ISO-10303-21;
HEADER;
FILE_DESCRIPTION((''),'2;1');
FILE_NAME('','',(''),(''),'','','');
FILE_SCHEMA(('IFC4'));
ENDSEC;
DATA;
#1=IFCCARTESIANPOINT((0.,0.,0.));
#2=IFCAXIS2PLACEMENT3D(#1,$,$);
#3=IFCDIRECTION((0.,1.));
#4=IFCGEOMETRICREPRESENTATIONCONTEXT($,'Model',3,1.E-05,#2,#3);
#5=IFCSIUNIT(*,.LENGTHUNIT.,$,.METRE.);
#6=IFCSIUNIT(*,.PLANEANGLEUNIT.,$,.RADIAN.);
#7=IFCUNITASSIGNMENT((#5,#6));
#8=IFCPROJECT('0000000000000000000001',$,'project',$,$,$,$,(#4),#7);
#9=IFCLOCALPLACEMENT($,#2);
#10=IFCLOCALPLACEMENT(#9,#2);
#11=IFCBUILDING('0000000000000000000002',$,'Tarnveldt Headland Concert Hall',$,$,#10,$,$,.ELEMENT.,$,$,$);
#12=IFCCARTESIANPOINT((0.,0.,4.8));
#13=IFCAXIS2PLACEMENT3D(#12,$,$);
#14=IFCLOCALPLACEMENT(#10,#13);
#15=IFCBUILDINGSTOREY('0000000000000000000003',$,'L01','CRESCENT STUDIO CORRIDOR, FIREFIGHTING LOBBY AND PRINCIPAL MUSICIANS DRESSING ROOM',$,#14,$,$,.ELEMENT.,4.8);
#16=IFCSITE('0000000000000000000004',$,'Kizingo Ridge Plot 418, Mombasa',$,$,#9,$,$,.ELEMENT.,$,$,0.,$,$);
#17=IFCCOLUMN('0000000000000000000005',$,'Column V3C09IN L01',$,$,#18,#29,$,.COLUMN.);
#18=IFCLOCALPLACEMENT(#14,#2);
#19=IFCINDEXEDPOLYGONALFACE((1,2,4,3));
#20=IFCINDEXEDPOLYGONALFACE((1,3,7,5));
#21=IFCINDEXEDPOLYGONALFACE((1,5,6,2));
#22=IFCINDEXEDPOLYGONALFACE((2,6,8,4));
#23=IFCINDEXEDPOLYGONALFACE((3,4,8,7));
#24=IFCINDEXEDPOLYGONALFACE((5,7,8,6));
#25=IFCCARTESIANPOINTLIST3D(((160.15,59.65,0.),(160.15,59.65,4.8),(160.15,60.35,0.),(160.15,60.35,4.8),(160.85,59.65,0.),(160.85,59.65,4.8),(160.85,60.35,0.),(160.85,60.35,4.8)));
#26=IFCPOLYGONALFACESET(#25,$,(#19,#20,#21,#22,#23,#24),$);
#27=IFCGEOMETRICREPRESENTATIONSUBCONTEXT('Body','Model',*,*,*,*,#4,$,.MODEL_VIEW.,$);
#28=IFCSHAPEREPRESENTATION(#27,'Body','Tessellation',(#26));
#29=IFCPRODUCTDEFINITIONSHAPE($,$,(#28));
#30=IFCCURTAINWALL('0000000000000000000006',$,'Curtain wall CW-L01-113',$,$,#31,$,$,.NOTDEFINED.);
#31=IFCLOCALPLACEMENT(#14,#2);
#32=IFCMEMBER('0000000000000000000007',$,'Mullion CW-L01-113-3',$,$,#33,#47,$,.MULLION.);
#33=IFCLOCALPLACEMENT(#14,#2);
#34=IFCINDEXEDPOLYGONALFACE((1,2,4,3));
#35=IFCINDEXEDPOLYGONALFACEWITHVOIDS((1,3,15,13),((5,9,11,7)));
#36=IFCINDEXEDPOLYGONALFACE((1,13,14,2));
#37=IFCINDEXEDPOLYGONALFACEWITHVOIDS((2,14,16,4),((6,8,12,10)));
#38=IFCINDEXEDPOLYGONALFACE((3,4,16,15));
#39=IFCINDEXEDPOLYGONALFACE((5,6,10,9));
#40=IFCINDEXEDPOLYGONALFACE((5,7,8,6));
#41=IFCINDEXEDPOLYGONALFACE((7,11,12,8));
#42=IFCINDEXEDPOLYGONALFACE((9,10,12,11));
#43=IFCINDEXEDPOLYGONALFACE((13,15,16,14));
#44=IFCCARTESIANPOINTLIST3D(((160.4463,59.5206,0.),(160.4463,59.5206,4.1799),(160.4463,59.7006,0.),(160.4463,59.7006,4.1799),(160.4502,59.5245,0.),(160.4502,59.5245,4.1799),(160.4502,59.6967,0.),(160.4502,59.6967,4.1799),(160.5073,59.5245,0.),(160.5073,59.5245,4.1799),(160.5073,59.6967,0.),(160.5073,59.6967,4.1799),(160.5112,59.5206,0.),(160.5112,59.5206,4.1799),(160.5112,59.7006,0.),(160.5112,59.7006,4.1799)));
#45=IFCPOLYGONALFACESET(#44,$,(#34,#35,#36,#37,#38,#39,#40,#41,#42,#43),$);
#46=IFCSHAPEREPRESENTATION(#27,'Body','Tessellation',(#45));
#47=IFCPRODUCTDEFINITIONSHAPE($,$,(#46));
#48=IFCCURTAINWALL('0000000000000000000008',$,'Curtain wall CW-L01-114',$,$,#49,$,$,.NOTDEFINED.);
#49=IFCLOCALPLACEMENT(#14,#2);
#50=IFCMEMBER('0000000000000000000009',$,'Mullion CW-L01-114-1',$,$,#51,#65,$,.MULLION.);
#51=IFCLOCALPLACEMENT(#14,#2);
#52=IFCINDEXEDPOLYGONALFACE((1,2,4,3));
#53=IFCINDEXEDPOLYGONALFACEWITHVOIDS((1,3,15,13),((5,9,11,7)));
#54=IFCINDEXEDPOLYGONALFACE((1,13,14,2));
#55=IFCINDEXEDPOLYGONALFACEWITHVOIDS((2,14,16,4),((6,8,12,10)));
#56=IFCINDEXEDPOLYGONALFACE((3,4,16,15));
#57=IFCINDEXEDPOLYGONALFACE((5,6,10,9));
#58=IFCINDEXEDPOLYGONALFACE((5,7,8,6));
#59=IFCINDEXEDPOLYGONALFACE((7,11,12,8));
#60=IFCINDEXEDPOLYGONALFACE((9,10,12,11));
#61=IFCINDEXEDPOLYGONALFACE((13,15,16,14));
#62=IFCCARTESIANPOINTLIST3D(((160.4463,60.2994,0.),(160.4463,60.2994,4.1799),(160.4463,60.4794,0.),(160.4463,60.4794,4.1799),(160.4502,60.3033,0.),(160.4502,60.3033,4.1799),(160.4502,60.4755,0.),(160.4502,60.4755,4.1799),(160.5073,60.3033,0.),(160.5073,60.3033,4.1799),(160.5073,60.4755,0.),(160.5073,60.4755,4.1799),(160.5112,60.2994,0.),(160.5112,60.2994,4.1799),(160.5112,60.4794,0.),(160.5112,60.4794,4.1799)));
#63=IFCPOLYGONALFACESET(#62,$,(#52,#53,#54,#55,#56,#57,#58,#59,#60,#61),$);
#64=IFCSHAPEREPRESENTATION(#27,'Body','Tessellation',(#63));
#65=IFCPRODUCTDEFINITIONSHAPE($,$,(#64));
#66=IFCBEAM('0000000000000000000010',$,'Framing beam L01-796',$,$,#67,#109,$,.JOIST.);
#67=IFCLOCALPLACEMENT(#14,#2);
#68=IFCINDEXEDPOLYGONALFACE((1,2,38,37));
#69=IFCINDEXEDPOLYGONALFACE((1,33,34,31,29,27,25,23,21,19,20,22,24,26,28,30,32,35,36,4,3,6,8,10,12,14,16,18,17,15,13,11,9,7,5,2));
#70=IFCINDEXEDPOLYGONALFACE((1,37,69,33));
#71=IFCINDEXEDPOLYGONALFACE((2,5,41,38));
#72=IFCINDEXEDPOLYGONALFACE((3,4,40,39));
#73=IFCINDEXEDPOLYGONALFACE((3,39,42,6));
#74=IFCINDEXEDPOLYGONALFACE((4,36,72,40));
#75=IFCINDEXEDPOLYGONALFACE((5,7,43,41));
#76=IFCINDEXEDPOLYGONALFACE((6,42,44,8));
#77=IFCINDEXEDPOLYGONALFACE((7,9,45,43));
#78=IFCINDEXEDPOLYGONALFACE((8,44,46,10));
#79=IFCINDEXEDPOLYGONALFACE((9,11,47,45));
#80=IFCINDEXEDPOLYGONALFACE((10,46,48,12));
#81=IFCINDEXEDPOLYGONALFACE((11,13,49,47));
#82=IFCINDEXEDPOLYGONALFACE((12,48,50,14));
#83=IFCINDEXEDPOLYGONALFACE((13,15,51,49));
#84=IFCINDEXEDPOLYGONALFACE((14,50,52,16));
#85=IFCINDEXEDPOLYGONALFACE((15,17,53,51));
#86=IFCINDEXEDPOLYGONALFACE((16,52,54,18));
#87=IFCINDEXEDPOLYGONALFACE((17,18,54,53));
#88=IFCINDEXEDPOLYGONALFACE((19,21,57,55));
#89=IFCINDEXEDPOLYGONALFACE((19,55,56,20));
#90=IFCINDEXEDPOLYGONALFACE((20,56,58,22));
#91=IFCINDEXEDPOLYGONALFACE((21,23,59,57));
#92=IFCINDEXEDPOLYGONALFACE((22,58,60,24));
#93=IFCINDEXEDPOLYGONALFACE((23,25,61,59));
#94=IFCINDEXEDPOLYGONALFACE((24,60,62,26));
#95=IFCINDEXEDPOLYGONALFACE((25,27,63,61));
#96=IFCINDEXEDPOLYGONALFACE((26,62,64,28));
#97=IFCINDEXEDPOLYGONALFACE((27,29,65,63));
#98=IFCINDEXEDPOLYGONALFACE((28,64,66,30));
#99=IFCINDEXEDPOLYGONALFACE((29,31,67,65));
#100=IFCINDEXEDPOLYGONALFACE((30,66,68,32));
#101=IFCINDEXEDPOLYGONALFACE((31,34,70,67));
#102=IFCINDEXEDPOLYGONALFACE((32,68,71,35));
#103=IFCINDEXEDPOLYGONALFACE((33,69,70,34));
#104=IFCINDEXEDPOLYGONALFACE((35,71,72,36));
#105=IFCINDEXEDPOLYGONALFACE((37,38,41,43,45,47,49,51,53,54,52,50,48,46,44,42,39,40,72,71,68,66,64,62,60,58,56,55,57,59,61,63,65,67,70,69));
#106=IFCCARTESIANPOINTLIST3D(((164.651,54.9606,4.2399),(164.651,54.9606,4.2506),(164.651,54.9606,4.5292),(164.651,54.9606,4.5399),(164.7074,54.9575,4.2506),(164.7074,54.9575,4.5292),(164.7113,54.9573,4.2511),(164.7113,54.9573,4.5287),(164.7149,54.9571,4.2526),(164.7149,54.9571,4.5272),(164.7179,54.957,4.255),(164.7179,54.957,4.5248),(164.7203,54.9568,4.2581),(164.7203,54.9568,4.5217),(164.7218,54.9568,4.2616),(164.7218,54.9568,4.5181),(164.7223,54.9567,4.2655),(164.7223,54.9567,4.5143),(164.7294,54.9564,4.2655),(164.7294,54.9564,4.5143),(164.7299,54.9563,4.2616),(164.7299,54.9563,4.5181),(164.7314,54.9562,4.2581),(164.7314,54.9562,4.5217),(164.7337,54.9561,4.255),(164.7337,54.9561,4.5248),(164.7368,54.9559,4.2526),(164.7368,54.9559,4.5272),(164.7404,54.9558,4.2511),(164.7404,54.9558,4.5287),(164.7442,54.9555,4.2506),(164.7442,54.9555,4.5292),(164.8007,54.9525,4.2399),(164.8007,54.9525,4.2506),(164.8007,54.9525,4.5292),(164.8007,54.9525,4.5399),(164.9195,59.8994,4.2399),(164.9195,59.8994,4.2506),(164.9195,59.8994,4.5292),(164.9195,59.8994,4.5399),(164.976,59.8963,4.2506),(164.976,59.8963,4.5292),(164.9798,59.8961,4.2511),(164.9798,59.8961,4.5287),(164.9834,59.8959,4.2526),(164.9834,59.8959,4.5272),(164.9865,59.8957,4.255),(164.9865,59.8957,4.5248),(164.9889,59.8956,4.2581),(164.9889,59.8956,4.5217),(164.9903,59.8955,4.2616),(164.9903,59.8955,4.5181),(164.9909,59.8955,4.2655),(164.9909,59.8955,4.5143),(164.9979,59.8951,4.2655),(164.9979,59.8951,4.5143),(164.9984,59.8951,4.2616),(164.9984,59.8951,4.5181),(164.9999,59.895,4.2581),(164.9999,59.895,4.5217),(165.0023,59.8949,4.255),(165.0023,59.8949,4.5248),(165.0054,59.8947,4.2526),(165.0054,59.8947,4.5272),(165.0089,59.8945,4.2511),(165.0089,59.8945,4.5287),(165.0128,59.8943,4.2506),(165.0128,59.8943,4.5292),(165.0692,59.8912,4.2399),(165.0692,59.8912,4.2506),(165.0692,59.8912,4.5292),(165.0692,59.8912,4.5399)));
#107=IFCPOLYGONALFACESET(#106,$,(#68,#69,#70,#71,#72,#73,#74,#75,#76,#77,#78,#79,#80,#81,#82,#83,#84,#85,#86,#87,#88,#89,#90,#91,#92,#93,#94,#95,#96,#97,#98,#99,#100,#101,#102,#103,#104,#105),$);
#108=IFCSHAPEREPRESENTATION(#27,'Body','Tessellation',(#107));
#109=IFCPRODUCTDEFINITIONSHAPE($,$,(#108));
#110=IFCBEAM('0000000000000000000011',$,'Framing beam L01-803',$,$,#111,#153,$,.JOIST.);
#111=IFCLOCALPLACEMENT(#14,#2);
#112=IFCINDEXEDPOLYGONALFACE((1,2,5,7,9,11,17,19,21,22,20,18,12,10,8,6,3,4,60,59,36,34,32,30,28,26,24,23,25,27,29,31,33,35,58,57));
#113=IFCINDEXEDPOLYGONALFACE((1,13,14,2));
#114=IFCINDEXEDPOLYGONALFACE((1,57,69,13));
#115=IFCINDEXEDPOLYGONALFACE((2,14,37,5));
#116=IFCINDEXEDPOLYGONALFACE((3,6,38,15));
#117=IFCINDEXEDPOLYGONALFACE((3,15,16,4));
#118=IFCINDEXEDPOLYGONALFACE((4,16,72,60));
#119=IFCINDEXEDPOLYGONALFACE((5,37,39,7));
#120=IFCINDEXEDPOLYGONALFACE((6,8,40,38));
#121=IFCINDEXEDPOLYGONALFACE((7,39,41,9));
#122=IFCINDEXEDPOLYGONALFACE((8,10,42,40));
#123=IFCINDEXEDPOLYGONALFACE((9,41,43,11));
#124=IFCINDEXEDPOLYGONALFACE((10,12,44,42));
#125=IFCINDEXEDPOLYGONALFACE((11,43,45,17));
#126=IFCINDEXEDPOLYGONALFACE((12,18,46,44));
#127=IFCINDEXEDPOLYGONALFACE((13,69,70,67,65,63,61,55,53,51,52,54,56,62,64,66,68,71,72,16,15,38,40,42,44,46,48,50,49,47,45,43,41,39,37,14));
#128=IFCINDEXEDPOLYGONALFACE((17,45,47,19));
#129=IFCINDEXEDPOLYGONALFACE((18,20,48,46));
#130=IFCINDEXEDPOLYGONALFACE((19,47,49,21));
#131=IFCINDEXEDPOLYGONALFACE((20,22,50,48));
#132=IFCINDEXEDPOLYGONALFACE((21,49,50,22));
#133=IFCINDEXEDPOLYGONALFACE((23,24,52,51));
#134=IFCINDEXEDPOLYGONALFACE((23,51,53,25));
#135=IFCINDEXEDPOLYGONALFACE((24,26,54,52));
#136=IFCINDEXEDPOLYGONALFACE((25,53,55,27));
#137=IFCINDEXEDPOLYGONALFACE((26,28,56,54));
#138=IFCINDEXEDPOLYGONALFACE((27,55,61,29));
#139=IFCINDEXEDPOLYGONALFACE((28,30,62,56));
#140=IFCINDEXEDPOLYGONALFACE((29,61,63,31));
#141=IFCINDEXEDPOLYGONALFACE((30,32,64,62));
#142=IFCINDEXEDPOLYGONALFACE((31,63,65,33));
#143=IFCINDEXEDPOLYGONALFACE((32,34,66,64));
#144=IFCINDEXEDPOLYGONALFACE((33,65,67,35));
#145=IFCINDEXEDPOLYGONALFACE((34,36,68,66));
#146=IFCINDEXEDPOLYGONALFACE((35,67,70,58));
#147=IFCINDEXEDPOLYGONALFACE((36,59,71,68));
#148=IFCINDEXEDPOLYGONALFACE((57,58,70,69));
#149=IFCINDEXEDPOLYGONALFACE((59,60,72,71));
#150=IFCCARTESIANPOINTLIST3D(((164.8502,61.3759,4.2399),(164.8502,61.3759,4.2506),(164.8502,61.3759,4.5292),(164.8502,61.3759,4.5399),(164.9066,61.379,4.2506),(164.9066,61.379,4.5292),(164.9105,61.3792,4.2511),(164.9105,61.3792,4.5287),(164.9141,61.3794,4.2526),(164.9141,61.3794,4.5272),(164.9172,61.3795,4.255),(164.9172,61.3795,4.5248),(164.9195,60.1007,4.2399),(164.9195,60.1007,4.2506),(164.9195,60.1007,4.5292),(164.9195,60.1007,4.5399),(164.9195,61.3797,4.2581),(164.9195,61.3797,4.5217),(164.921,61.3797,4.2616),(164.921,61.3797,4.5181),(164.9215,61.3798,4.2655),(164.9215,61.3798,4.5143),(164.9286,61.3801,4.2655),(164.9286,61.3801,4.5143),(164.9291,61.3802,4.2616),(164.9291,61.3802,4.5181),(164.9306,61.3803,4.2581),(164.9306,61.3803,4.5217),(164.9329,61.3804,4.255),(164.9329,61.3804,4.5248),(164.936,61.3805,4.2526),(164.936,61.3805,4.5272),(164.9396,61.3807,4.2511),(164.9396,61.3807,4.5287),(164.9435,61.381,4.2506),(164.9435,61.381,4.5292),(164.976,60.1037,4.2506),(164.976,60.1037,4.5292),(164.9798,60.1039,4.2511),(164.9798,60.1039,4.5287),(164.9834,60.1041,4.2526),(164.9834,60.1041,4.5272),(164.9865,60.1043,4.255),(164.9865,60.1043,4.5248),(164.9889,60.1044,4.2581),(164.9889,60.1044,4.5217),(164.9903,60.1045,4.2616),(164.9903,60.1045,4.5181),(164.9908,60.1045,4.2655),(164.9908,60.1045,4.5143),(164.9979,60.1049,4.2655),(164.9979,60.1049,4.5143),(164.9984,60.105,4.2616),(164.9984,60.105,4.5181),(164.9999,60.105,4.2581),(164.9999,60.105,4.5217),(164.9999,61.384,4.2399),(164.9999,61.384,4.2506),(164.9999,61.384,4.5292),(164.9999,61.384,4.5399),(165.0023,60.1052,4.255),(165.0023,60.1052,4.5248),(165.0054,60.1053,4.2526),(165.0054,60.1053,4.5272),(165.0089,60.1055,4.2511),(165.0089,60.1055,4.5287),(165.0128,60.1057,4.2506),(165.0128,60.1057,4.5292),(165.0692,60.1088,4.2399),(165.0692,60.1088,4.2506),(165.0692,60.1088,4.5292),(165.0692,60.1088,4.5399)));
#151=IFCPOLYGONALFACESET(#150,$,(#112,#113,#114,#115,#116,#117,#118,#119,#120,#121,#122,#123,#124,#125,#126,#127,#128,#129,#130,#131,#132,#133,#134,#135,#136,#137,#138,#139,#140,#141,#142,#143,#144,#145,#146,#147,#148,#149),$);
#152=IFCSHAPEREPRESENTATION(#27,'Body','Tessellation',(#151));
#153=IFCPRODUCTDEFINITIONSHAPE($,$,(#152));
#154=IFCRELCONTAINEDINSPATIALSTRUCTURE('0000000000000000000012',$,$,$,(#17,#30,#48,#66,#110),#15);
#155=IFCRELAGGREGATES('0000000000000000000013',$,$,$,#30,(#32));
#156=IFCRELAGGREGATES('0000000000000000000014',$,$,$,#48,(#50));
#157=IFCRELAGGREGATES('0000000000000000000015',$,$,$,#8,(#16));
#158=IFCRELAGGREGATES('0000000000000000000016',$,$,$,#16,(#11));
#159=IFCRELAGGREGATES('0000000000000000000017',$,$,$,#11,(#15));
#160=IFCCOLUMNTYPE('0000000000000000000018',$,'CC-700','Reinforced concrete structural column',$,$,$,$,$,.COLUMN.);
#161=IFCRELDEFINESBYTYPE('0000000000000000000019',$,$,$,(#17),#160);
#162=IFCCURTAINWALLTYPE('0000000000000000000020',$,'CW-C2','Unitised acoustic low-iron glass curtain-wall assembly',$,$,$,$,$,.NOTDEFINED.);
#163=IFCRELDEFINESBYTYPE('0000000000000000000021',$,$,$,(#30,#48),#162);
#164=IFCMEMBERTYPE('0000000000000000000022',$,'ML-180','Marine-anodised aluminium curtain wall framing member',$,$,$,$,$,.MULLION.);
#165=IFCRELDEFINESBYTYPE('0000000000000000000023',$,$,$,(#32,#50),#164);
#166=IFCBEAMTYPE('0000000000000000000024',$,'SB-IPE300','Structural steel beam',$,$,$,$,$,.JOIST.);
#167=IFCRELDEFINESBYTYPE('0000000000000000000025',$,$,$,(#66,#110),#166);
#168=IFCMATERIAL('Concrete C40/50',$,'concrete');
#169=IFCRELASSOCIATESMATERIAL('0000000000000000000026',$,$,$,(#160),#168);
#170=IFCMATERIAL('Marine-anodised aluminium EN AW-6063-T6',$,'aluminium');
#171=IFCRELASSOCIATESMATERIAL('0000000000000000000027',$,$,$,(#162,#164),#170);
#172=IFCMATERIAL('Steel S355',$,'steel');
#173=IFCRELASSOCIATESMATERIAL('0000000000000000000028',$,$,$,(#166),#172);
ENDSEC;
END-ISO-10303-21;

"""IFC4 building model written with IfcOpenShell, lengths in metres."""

from ifc_helpers import new_model, si_unit, direction, frame, origin, origin_2d, place, context, subcontext, project, spatial, rectangle, hollow_rectangle, i_section, extrude, material, material_profile, profile_set, type_object, element, aggregate, save


model = new_model("IFC4")

# Units and contexts
model_context = context("Model", 3, precision=1e-05, world=origin(), true_north=direction((0.0, 1.0)))
body_context = subcontext(model_context, "Body", "Model", "MODEL_VIEW")
ifc_project = project(units=[si_unit("LENGTHUNIT", "METRE"), si_unit("PLANEANGLEUNIT", "RADIAN")], contexts=[model_context])

# Site, building, storey
site_placement = place(None, origin())
site = spatial("IfcSite", under=ifc_project, at=site_placement, Name="Kizingo Ridge Plot 418, Mombasa", CompositionType="ELEMENT", RefElevation=0.0)
building_placement = place(site_placement, origin())
building = spatial("IfcBuilding", under=site, at=building_placement, Name="Tarnveldt Headland Concert Hall", CompositionType="ELEMENT")
storey_placement = place(building_placement, frame((0.0, 0.0, 4.8)))
storey = spatial("IfcBuildingStorey", under=building, at=storey_placement, Name="L01", Description="CRESCENT STUDIO CORRIDOR, FIREFIGHTING LOBBY AND PRINCIPAL MUSICIANS DRESSING ROOM", CompositionType="ELEMENT", Elevation=4.8)

# Column
ifc_material_1 = material(Name="Concrete C40/50", Category="concrete")
ifc_material_profile_1 = material_profile(ifc_material_1, rectangle(XDim=0.7, YDim=0.7, at=origin_2d()), Name="RC 700x700", Category="concrete")
ifc_profile_set_1 = profile_set([ifc_material_profile_1], Name="Concrete C40/50")
column_type = type_object("IfcColumnType", Name="CC-700", Description="Reinforced concrete structural column", PredefinedType="COLUMN", material=ifc_profile_set_1)
column_placement = place(storey_placement, frame((160.5, 60.0, 0.0), z_axis=(0.0, 0.0, 1.0), x_axis=(1.0, 0.0, 0.0)))
element("IfcColumn", 1, at=column_placement, inside=storey, type_object=column_type, Name="Column V3C09IN L01", PredefinedType="COLUMN", context=body_context, shape_type="SweptSolid", body=[
    extrude(rectangle(XDim=0.7, YDim=0.7, at=origin_2d()), origin(), (0.0, 0.0, 1.0), 4.8),
])

# Curtain walls, members
ifc_material_2 = material(Name="Marine-anodised aluminium EN AW-6063-T6", Category="aluminium")
curtain_wall_type = type_object("IfcCurtainWallType", Name="CW-C2", Description="Unitised acoustic low-iron glass curtain-wall assembly", PredefinedType="NOTDEFINED", material=ifc_material_2)
curtain_wall_1_placement = place(storey_placement, origin())
curtain_wall_1 = element("IfcCurtainWall", 2, at=curtain_wall_1_placement, inside=storey, type_object=curtain_wall_type, Name="Curtain wall CW-L01-113", PredefinedType="NOTDEFINED")
ifc_material_profile_2 = material_profile(ifc_material_2, hollow_rectangle(XDim=0.0649, YDim=0.1799, WallThickness=0.0039, at=origin_2d()), Name="ALU MULLION 65x180x4", Category="aluminium")
ifc_profile_set_2 = profile_set([ifc_material_profile_2], Name="Marine-anodised aluminium EN AW-6063-T6")
member_type_1 = type_object("IfcMemberType", Name="ML-180", Description="Marine-anodised aluminium curtain wall framing member", PredefinedType="MULLION", material=ifc_profile_set_2)
member_1_placement = place(storey_placement, frame((160.4788, 59.6106, 0.0), z_axis=(0.0, 0.0, 1.0), x_axis=(1.0, 0.0, 0.0)))
member_1 = element("IfcMember", 3, at=member_1_placement, type_object=member_type_1, Name="Mullion CW-L01-113-3", PredefinedType="MULLION", context=body_context, shape_type="SweptSolid", body=[
    extrude(hollow_rectangle(XDim=0.0649, YDim=0.1799, WallThickness=0.0039, at=origin_2d()), origin(), (0.0, 0.0, 1.0), 4.1799),
])
aggregate(curtain_wall_1, [member_1])
curtain_wall_2_placement = place(storey_placement, origin())
curtain_wall_2 = element("IfcCurtainWall", 4, at=curtain_wall_2_placement, inside=storey, type_object=curtain_wall_type, Name="Curtain wall CW-L01-114", PredefinedType="NOTDEFINED")
member_2_placement = place(storey_placement, frame((160.4788, 60.3894, 0.0), z_axis=(0.0, 0.0, 1.0), x_axis=(1.0, 0.0, 0.0)))
member_2 = element("IfcMember", 5, at=member_2_placement, type_object=member_type_1, Name="Mullion CW-L01-114-1", PredefinedType="MULLION", context=body_context, shape_type="SweptSolid", body=[
    extrude(hollow_rectangle(XDim=0.0649, YDim=0.1799, WallThickness=0.0039, at=origin_2d()), origin(), (0.0, 0.0, 1.0), 4.1799),
])

# Beams
ifc_material_3 = material(Name="Steel S355", Category="steel")
ifc_material_profile_3 = material_profile(ifc_material_3, i_section(OverallWidth=0.1499, OverallDepth=0.3, WebThickness=0.0071, FlangeThickness=0.0107, FilletRadius=0.0149, at=origin_2d()), Name="IPE300", Category="steel")
ifc_profile_set_3 = profile_set([ifc_material_profile_3], Name="Steel S355")
beam_type_1 = type_object("IfcBeamType", Name="SB-IPE300", Description="Structural steel beam", PredefinedType="JOIST", material=ifc_profile_set_3)
beam_1_placement = place(storey_placement, frame((164.7258, 54.9565, 4.3899), z_axis=(0.054297, 0.998525, 0.0), x_axis=(-0.998525, 0.054297, 0.0)))
element("IfcBeam", 6, at=beam_1_placement, inside=storey, type_object=beam_type_1, Name="Framing beam L01-796", PredefinedType="JOIST", context=body_context, shape_type="SweptSolid", body=[
    extrude(i_section(OverallWidth=0.1499, OverallDepth=0.3, WebThickness=0.0071, FlangeThickness=0.0107, FilletRadius=0.0149, at=origin_2d()), origin(), (0.0, 0.0, 1.0), 4.946),
])
beam_2_placement = place(storey_placement, frame((164.9944, 60.1047, 4.3899), z_axis=(-0.054295, 0.998525, 0.0), x_axis=(-0.998525, -0.054295, 0.0)))
element("IfcBeam", 7, at=beam_2_placement, inside=storey, type_object=beam_type_1, Name="Framing beam L01-803", PredefinedType="JOIST", context=body_context, shape_type="SweptSolid", body=[
    extrude(i_section(OverallWidth=0.1499, OverallDepth=0.3, WebThickness=0.0071, FlangeThickness=0.0107, FilletRadius=0.0149, at=origin_2d()), origin(), (0.0, 0.0, 1.0), 1.2771),
])

aggregate(curtain_wall_2, [member_2])

save(model, "model.ifc")
